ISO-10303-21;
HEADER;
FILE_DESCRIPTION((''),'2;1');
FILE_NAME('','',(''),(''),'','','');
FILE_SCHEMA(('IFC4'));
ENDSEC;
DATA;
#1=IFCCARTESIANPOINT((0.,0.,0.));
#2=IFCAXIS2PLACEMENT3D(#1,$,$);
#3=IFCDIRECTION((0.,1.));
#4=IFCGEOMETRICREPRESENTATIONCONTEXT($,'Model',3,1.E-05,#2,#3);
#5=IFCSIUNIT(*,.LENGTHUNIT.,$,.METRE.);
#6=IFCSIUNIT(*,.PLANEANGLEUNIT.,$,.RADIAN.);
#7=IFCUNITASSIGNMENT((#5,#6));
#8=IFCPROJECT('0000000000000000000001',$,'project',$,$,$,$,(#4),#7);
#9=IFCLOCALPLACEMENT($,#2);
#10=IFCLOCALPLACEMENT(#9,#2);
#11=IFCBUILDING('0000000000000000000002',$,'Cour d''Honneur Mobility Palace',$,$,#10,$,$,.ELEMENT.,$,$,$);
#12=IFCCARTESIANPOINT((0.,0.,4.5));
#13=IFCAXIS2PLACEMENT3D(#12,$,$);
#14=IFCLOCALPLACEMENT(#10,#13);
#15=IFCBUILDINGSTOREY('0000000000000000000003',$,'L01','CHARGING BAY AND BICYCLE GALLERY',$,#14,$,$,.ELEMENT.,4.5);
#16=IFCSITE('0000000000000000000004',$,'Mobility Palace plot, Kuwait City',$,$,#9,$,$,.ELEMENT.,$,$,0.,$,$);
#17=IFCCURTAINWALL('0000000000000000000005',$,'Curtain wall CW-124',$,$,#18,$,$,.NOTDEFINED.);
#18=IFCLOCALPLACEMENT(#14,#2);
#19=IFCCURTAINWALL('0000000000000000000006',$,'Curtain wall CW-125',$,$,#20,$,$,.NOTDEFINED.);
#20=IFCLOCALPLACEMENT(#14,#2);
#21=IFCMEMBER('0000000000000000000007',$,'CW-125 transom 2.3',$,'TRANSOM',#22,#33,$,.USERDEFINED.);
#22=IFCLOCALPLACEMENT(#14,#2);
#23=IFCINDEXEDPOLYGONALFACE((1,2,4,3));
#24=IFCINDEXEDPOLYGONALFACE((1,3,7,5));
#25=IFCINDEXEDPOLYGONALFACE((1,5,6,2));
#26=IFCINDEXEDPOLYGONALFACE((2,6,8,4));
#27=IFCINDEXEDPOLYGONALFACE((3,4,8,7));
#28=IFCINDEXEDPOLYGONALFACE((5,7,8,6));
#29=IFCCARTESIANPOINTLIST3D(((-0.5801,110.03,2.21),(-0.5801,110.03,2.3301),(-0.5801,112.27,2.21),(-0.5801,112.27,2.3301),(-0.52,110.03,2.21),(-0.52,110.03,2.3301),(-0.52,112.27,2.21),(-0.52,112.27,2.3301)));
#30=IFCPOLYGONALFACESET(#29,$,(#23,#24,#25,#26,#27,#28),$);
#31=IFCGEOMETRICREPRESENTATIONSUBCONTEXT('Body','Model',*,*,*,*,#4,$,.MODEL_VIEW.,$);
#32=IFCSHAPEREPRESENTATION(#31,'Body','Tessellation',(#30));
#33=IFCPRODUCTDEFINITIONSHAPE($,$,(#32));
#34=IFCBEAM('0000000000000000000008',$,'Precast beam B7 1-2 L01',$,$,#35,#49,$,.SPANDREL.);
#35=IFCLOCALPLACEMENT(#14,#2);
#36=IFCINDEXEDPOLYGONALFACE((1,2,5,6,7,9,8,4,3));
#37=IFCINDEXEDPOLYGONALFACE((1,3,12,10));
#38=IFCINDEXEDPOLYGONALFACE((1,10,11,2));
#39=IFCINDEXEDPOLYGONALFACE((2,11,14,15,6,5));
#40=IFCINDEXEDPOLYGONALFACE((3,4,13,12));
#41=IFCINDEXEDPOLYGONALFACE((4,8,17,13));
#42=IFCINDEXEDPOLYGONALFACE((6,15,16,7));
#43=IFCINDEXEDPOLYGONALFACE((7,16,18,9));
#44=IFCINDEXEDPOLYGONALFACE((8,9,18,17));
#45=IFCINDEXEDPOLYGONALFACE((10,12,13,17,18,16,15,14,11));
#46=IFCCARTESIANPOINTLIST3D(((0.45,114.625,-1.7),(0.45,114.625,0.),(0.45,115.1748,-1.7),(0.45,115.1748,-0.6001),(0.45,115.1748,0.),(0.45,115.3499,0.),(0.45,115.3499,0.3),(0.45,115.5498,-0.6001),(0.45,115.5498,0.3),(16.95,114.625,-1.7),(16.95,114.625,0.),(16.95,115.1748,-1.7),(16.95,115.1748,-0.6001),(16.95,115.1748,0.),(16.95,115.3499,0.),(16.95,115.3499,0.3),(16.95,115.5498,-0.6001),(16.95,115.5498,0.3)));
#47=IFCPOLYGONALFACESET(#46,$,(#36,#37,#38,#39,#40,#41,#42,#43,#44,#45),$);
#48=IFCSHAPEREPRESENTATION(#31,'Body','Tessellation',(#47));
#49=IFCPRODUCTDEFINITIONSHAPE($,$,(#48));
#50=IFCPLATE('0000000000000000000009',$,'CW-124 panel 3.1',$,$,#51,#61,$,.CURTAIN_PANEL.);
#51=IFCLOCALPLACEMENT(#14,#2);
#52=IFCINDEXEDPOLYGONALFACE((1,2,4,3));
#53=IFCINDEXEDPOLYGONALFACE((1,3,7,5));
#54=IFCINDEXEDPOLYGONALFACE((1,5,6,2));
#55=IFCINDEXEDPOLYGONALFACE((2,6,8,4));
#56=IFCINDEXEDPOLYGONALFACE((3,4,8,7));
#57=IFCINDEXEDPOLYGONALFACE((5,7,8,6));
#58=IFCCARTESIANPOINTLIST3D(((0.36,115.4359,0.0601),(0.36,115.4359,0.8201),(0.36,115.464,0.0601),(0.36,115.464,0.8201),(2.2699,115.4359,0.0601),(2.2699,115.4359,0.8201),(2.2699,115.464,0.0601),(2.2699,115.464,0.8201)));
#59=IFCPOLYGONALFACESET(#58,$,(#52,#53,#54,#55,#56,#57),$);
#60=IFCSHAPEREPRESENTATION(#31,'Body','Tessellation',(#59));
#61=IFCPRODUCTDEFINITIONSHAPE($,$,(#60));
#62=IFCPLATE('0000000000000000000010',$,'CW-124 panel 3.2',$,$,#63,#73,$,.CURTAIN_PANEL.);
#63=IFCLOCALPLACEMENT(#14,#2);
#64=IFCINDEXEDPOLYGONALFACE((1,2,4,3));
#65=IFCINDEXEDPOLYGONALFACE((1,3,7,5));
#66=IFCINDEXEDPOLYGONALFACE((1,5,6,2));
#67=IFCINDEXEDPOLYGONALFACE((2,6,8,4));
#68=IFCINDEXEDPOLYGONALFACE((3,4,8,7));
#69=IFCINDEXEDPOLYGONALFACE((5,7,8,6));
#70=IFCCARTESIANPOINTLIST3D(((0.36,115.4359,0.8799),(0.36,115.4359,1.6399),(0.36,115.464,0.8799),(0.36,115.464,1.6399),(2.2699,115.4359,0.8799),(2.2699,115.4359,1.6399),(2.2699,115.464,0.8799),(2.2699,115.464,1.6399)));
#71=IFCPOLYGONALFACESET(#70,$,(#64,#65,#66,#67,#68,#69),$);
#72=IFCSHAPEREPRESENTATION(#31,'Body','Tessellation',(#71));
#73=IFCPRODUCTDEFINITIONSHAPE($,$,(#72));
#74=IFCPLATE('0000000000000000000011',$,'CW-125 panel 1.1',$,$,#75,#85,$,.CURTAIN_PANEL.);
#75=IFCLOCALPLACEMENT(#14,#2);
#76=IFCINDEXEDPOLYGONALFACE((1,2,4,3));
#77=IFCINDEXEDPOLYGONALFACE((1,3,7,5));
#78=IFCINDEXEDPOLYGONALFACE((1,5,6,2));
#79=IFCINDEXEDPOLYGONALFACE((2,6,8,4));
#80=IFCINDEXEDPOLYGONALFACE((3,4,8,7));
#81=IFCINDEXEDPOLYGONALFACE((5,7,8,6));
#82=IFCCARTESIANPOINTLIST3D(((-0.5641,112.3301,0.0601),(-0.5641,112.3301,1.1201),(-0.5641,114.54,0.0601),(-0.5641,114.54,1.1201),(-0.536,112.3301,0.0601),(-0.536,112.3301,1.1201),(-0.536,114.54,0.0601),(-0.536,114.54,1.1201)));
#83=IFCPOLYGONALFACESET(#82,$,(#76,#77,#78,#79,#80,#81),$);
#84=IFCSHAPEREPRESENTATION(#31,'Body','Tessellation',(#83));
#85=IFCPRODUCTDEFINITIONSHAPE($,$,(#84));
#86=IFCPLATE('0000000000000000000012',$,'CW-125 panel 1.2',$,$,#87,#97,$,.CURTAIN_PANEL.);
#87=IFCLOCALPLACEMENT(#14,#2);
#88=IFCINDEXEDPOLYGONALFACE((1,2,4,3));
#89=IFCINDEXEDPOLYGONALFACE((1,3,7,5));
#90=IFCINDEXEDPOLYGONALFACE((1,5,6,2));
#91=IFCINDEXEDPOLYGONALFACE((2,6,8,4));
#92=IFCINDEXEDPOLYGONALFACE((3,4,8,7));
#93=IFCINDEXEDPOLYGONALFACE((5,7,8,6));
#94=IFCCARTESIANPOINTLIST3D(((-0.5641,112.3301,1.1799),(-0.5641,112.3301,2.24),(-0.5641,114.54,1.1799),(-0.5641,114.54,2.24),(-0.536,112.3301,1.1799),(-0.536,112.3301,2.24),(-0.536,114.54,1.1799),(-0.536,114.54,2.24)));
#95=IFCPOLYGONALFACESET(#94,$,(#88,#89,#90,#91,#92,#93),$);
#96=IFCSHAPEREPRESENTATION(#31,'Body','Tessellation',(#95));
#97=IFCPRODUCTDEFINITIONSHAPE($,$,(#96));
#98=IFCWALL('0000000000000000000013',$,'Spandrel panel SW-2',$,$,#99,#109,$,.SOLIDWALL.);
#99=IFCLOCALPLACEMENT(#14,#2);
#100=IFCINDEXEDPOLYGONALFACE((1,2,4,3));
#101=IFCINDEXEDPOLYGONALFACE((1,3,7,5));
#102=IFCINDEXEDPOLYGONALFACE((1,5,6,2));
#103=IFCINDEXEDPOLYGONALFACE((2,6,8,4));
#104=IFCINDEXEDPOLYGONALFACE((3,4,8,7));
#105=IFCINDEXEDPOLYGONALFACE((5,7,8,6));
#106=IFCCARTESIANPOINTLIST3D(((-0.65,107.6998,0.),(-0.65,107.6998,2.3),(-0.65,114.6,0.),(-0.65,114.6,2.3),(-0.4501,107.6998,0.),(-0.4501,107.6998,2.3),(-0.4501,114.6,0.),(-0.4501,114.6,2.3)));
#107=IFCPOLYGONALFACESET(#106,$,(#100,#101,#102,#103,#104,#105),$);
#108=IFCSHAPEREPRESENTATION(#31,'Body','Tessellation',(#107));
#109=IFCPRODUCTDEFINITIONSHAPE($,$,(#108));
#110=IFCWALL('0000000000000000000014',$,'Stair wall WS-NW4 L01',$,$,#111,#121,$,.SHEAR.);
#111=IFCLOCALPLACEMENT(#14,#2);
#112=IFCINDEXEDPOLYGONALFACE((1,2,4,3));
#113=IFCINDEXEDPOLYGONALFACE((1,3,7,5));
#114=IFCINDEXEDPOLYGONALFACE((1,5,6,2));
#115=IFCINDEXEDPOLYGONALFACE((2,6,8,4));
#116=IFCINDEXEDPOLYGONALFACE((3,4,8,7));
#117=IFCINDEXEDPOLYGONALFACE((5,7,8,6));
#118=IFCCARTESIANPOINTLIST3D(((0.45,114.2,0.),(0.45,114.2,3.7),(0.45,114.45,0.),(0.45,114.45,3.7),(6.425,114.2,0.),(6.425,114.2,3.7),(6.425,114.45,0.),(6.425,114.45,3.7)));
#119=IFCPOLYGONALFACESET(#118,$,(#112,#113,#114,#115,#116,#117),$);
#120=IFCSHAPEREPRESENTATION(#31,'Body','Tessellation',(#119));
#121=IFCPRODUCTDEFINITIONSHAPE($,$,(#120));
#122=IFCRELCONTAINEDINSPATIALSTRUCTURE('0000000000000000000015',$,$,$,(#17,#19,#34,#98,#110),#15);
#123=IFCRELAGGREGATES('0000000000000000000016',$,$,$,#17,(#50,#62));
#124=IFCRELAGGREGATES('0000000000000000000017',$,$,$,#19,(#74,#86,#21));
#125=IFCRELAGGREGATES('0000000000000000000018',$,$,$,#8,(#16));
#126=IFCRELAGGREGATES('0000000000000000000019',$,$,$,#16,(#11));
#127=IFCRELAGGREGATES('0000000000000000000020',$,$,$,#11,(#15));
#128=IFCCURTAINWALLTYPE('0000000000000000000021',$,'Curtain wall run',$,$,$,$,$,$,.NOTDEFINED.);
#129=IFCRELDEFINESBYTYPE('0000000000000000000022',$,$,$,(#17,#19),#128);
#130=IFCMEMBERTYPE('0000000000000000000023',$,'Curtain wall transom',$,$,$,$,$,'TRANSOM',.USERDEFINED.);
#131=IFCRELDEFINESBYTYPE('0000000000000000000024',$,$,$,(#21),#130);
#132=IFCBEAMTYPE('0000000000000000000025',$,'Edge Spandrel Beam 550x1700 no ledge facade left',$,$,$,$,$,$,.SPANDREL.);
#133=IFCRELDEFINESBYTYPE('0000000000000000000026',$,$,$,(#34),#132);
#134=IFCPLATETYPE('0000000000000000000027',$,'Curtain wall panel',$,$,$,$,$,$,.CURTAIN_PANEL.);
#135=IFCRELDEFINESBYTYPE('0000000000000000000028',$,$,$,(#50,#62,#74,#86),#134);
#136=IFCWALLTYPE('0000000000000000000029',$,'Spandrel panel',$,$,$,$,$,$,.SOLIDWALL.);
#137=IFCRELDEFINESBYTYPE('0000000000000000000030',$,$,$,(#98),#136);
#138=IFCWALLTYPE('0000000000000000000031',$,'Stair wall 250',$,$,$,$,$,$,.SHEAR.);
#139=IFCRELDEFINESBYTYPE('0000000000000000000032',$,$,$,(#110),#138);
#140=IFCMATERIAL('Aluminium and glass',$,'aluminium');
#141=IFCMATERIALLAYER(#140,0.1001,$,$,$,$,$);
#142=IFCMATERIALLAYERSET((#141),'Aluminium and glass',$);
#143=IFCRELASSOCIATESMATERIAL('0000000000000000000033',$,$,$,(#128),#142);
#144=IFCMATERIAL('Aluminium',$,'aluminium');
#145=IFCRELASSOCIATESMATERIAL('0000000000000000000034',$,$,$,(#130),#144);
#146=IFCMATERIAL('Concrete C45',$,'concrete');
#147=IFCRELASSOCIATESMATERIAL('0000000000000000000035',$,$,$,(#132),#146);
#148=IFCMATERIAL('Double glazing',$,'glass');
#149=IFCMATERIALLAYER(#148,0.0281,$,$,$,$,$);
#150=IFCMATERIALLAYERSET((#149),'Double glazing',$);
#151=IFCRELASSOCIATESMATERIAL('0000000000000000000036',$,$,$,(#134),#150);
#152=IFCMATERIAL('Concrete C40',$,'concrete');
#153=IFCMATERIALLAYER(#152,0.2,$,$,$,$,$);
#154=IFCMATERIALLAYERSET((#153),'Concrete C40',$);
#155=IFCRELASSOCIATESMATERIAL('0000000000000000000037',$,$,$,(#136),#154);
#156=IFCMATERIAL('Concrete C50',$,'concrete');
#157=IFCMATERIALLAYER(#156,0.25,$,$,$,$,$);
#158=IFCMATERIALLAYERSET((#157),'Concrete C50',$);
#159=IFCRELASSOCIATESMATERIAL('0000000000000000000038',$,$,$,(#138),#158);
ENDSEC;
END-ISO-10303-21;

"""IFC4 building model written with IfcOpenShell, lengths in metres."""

from ifc_helpers import new_model, si_unit, direction, frame, frame_2d, origin, origin_2d, place, context, subcontext, project, spatial, polyline, rectangle, outline, extrude, material, layer, layer_set, material_profile, profile_set, type_object, element, aggregate, save


model = new_model("IFC4")

# Units and contexts
model_context = context("Model", 3, precision=1e-05, world=origin(), true_north=direction((0.0, 1.0)))
body_context = subcontext(model_context, "Body", "Model", "MODEL_VIEW")
ifc_project = project(units=[si_unit("LENGTHUNIT", "METRE"), si_unit("PLANEANGLEUNIT", "RADIAN")], contexts=[model_context])

# Site, building, storey
site_placement = place(None, origin())
site = spatial("IfcSite", under=ifc_project, at=site_placement, Name="Mobility Palace plot, Kuwait City", CompositionType="ELEMENT", RefElevation=0.0)
building_placement = place(site_placement, origin())
building = spatial("IfcBuilding", under=site, at=building_placement, Name="Cour d'Honneur Mobility Palace", CompositionType="ELEMENT")
storey_placement = place(building_placement, frame((0.0, 0.0, 4.5)))
storey = spatial("IfcBuildingStorey", under=building, at=storey_placement, Name="L01", Description="CHARGING BAY AND BICYCLE GALLERY", CompositionType="ELEMENT", Elevation=4.5)

# Curtain walls
ifc_material_1 = material(Name="Aluminium and glass", Category="aluminium")
ifc_layer_1 = layer(ifc_material_1, 0.1001)
ifc_layer_set_1 = layer_set([ifc_layer_1], Name="Aluminium and glass")
curtain_wall_type = type_object("IfcCurtainWallType", Name="Curtain wall run", PredefinedType="NOTDEFINED", material=ifc_layer_set_1)
curtain_wall_1_placement = place(storey_placement, origin())
curtain_wall_1 = element("IfcCurtainWall", 1, at=curtain_wall_1_placement, inside=storey, type_object=curtain_wall_type, Name="Curtain wall CW-124", PredefinedType="NOTDEFINED")
curtain_wall_2_placement = place(storey_placement, origin())
curtain_wall_2 = element("IfcCurtainWall", 2, at=curtain_wall_2_placement, inside=storey, type_object=curtain_wall_type, Name="Curtain wall CW-125", PredefinedType="NOTDEFINED")

# Member
ifc_material_2 = material(Name="Aluminium", Category="aluminium")
ifc_material_profile_1 = material_profile(ifc_material_2, rectangle(XDim=0.0601, YDim=0.1201, at=origin_2d()), Name="Curtain wall transom")
ifc_profile_set_1 = profile_set([ifc_material_profile_1], Name="Aluminium")
member_type_1 = type_object("IfcMemberType", Name="Curtain wall transom", ElementType="TRANSOM", PredefinedType="USERDEFINED", material=ifc_profile_set_1)
member_1_placement = place(storey_placement, frame((-0.55, 112.27, 2.27), z_axis=(0.0, -1.0, 0.0), x_axis=(1.0, 0.0, 0.0)))
member_1 = element("IfcMember", 3, at=member_1_placement, type_object=member_type_1, Name="CW-125 transom 2.3", ObjectType="TRANSOM", PredefinedType="USERDEFINED", context=body_context, shape_type="SweptSolid", body=[
    extrude(rectangle(XDim=0.0601, YDim=0.1201, at=origin_2d()), origin(), (0.0, 0.0, 1.0), 2.24),
])

# Beam
ifc_material_3 = material(Name="Concrete C45", Category="concrete")
ifc_material_profile_2 = material_profile(ifc_material_3, outline(polyline([(0.2749, -1.7), (0.2749, -0.6001), (0.6499, -0.6001), (0.6499, 0.3), (0.45, 0.3), (0.45, 0.0), (0.2749, 0.0), (-0.2749, 0.0), (-0.2749, -1.7), (0.2749, -1.7)])), Name="Edge Spandrel Beam 550x1700 no ledge facade left")
ifc_profile_set_2 = profile_set([ifc_material_profile_2], Name="Concrete C45")
beam_type = type_object("IfcBeamType", Name="Edge Spandrel Beam 550x1700 no ledge facade left", PredefinedType="SPANDREL", material=ifc_profile_set_2)
beam_placement = place(storey_placement, frame((0.45, 114.8999, 0.0), z_axis=(1.0, 0.0, 0.0), x_axis=(0.0, 1.0, 0.0)))
element("IfcBeam", 4, at=beam_placement, inside=storey, type_object=beam_type, Name="Precast beam B7 1-2 L01", PredefinedType="SPANDREL", context=body_context, shape_type="SweptSolid", body=[
    extrude(outline(polyline([(0.2749, -1.7), (0.2749, -0.6001), (0.6499, -0.6001), (0.6499, 0.3), (0.45, 0.3), (0.45, 0.0), (0.2749, 0.0), (-0.2749, 0.0), (-0.2749, -1.7), (0.2749, -1.7)])), origin(), (0.0, 0.0, 1.0), 16.5),
])

# Plates
ifc_material_4 = material(Name="Double glazing", Category="glass")
ifc_layer_2 = layer(ifc_material_4, 0.0281)
ifc_layer_set_2 = layer_set([ifc_layer_2], Name="Double glazing")
plate_type = type_object("IfcPlateType", Name="Curtain wall panel", PredefinedType="CURTAIN_PANEL", material=ifc_layer_set_2)
plate_1_placement = place(storey_placement, frame((1.3149, 115.45, 0.0601), z_axis=(0.0, 0.0, 1.0), x_axis=(-1.0, 0.0, 0.0)))
plate_1 = element("IfcPlate", 5, at=plate_1_placement, type_object=plate_type, Name="CW-124 panel 3.1", PredefinedType="CURTAIN_PANEL", context=body_context, shape_type="SweptSolid", body=[
    extrude(rectangle(XDim=1.9099, YDim=0.0281, at=origin_2d()), origin(), (0.0, 0.0, 1.0), 0.76),
])
plate_2_placement = place(storey_placement, frame((1.3149, 115.45, 0.8799), z_axis=(0.0, 0.0, 1.0), x_axis=(-1.0, 0.0, 0.0)))
plate_2 = element("IfcPlate", 6, at=plate_2_placement, type_object=plate_type, Name="CW-124 panel 3.2", PredefinedType="CURTAIN_PANEL", context=body_context, shape_type="SweptSolid", body=[
    extrude(rectangle(XDim=1.9099, YDim=0.0281, at=origin_2d()), origin(), (0.0, 0.0, 1.0), 0.76),
])
aggregate(curtain_wall_1, [plate_1, plate_2])
plate_3_placement = place(storey_placement, frame((-0.55, 113.4351, 0.0601), z_axis=(0.0, 0.0, 1.0), x_axis=(0.0, -1.0, 0.0)))
plate_3 = element("IfcPlate", 7, at=plate_3_placement, type_object=plate_type, Name="CW-125 panel 1.1", PredefinedType="CURTAIN_PANEL", context=body_context, shape_type="SweptSolid", body=[
    extrude(rectangle(XDim=2.21, YDim=0.0281, at=origin_2d()), origin(), (0.0, 0.0, 1.0), 1.0601),
])
plate_4_placement = place(storey_placement, frame((-0.55, 113.4351, 1.1799), z_axis=(0.0, 0.0, 1.0), x_axis=(0.0, -1.0, 0.0)))
plate_4 = element("IfcPlate", 8, at=plate_4_placement, type_object=plate_type, Name="CW-125 panel 1.2", PredefinedType="CURTAIN_PANEL", context=body_context, shape_type="SweptSolid", body=[
    extrude(rectangle(XDim=2.21, YDim=0.0281, at=origin_2d()), origin(), (0.0, 0.0, 1.0), 1.0601),
])
aggregate(curtain_wall_2, [plate_3, plate_4, member_1])

# Walls
ifc_material_5 = material(Name="Concrete C40", Category="concrete")
ifc_layer_3 = layer(ifc_material_5, 0.2)
ifc_layer_set_3 = layer_set([ifc_layer_3], Name="Concrete C40")
wall_type_1 = type_object("IfcWallType", Name="Spandrel panel", PredefinedType="SOLIDWALL", material=ifc_layer_set_3)
wall_1_placement = place(storey_placement, frame((-0.55, 114.6001, 0.0), z_axis=(0.0, 0.0, 1.0), x_axis=(0.0, -1.0, 0.0)))
element("IfcWall", 9, at=wall_1_placement, inside=storey, type_object=wall_type_1, Name="Spandrel panel SW-2", PredefinedType="SOLIDWALL", context=body_context, shape_type="SweptSolid", body=[
    extrude(rectangle(XDim=6.9001, YDim=0.2, at=frame_2d((3.4502, 0.0))), origin(), (0.0, 0.0, 1.0), 2.3),
])
ifc_material_6 = material(Name="Concrete C50", Category="concrete")
ifc_layer_4 = layer(ifc_material_6, 0.25)
ifc_layer_set_4 = layer_set([ifc_layer_4], Name="Concrete C50")
wall_type_2 = type_object("IfcWallType", Name="Stair wall 250", PredefinedType="SHEAR", material=ifc_layer_set_4)
wall_2_placement = place(storey_placement, frame((0.45, 114.325, 0.0), z_axis=(0.0, 0.0, 1.0), x_axis=(1.0, 0.0, 0.0)))
element("IfcWall", 10, at=wall_2_placement, inside=storey, type_object=wall_type_2, Name="Stair wall WS-NW4 L01", PredefinedType="SHEAR", context=body_context, shape_type="SweptSolid", body=[
    extrude(rectangle(XDim=5.9751, YDim=0.25, at=frame_2d((2.9875, 0.0))), origin(), (0.0, 0.0, 1.0), 3.7),
])

save(model, "model.ifc")
